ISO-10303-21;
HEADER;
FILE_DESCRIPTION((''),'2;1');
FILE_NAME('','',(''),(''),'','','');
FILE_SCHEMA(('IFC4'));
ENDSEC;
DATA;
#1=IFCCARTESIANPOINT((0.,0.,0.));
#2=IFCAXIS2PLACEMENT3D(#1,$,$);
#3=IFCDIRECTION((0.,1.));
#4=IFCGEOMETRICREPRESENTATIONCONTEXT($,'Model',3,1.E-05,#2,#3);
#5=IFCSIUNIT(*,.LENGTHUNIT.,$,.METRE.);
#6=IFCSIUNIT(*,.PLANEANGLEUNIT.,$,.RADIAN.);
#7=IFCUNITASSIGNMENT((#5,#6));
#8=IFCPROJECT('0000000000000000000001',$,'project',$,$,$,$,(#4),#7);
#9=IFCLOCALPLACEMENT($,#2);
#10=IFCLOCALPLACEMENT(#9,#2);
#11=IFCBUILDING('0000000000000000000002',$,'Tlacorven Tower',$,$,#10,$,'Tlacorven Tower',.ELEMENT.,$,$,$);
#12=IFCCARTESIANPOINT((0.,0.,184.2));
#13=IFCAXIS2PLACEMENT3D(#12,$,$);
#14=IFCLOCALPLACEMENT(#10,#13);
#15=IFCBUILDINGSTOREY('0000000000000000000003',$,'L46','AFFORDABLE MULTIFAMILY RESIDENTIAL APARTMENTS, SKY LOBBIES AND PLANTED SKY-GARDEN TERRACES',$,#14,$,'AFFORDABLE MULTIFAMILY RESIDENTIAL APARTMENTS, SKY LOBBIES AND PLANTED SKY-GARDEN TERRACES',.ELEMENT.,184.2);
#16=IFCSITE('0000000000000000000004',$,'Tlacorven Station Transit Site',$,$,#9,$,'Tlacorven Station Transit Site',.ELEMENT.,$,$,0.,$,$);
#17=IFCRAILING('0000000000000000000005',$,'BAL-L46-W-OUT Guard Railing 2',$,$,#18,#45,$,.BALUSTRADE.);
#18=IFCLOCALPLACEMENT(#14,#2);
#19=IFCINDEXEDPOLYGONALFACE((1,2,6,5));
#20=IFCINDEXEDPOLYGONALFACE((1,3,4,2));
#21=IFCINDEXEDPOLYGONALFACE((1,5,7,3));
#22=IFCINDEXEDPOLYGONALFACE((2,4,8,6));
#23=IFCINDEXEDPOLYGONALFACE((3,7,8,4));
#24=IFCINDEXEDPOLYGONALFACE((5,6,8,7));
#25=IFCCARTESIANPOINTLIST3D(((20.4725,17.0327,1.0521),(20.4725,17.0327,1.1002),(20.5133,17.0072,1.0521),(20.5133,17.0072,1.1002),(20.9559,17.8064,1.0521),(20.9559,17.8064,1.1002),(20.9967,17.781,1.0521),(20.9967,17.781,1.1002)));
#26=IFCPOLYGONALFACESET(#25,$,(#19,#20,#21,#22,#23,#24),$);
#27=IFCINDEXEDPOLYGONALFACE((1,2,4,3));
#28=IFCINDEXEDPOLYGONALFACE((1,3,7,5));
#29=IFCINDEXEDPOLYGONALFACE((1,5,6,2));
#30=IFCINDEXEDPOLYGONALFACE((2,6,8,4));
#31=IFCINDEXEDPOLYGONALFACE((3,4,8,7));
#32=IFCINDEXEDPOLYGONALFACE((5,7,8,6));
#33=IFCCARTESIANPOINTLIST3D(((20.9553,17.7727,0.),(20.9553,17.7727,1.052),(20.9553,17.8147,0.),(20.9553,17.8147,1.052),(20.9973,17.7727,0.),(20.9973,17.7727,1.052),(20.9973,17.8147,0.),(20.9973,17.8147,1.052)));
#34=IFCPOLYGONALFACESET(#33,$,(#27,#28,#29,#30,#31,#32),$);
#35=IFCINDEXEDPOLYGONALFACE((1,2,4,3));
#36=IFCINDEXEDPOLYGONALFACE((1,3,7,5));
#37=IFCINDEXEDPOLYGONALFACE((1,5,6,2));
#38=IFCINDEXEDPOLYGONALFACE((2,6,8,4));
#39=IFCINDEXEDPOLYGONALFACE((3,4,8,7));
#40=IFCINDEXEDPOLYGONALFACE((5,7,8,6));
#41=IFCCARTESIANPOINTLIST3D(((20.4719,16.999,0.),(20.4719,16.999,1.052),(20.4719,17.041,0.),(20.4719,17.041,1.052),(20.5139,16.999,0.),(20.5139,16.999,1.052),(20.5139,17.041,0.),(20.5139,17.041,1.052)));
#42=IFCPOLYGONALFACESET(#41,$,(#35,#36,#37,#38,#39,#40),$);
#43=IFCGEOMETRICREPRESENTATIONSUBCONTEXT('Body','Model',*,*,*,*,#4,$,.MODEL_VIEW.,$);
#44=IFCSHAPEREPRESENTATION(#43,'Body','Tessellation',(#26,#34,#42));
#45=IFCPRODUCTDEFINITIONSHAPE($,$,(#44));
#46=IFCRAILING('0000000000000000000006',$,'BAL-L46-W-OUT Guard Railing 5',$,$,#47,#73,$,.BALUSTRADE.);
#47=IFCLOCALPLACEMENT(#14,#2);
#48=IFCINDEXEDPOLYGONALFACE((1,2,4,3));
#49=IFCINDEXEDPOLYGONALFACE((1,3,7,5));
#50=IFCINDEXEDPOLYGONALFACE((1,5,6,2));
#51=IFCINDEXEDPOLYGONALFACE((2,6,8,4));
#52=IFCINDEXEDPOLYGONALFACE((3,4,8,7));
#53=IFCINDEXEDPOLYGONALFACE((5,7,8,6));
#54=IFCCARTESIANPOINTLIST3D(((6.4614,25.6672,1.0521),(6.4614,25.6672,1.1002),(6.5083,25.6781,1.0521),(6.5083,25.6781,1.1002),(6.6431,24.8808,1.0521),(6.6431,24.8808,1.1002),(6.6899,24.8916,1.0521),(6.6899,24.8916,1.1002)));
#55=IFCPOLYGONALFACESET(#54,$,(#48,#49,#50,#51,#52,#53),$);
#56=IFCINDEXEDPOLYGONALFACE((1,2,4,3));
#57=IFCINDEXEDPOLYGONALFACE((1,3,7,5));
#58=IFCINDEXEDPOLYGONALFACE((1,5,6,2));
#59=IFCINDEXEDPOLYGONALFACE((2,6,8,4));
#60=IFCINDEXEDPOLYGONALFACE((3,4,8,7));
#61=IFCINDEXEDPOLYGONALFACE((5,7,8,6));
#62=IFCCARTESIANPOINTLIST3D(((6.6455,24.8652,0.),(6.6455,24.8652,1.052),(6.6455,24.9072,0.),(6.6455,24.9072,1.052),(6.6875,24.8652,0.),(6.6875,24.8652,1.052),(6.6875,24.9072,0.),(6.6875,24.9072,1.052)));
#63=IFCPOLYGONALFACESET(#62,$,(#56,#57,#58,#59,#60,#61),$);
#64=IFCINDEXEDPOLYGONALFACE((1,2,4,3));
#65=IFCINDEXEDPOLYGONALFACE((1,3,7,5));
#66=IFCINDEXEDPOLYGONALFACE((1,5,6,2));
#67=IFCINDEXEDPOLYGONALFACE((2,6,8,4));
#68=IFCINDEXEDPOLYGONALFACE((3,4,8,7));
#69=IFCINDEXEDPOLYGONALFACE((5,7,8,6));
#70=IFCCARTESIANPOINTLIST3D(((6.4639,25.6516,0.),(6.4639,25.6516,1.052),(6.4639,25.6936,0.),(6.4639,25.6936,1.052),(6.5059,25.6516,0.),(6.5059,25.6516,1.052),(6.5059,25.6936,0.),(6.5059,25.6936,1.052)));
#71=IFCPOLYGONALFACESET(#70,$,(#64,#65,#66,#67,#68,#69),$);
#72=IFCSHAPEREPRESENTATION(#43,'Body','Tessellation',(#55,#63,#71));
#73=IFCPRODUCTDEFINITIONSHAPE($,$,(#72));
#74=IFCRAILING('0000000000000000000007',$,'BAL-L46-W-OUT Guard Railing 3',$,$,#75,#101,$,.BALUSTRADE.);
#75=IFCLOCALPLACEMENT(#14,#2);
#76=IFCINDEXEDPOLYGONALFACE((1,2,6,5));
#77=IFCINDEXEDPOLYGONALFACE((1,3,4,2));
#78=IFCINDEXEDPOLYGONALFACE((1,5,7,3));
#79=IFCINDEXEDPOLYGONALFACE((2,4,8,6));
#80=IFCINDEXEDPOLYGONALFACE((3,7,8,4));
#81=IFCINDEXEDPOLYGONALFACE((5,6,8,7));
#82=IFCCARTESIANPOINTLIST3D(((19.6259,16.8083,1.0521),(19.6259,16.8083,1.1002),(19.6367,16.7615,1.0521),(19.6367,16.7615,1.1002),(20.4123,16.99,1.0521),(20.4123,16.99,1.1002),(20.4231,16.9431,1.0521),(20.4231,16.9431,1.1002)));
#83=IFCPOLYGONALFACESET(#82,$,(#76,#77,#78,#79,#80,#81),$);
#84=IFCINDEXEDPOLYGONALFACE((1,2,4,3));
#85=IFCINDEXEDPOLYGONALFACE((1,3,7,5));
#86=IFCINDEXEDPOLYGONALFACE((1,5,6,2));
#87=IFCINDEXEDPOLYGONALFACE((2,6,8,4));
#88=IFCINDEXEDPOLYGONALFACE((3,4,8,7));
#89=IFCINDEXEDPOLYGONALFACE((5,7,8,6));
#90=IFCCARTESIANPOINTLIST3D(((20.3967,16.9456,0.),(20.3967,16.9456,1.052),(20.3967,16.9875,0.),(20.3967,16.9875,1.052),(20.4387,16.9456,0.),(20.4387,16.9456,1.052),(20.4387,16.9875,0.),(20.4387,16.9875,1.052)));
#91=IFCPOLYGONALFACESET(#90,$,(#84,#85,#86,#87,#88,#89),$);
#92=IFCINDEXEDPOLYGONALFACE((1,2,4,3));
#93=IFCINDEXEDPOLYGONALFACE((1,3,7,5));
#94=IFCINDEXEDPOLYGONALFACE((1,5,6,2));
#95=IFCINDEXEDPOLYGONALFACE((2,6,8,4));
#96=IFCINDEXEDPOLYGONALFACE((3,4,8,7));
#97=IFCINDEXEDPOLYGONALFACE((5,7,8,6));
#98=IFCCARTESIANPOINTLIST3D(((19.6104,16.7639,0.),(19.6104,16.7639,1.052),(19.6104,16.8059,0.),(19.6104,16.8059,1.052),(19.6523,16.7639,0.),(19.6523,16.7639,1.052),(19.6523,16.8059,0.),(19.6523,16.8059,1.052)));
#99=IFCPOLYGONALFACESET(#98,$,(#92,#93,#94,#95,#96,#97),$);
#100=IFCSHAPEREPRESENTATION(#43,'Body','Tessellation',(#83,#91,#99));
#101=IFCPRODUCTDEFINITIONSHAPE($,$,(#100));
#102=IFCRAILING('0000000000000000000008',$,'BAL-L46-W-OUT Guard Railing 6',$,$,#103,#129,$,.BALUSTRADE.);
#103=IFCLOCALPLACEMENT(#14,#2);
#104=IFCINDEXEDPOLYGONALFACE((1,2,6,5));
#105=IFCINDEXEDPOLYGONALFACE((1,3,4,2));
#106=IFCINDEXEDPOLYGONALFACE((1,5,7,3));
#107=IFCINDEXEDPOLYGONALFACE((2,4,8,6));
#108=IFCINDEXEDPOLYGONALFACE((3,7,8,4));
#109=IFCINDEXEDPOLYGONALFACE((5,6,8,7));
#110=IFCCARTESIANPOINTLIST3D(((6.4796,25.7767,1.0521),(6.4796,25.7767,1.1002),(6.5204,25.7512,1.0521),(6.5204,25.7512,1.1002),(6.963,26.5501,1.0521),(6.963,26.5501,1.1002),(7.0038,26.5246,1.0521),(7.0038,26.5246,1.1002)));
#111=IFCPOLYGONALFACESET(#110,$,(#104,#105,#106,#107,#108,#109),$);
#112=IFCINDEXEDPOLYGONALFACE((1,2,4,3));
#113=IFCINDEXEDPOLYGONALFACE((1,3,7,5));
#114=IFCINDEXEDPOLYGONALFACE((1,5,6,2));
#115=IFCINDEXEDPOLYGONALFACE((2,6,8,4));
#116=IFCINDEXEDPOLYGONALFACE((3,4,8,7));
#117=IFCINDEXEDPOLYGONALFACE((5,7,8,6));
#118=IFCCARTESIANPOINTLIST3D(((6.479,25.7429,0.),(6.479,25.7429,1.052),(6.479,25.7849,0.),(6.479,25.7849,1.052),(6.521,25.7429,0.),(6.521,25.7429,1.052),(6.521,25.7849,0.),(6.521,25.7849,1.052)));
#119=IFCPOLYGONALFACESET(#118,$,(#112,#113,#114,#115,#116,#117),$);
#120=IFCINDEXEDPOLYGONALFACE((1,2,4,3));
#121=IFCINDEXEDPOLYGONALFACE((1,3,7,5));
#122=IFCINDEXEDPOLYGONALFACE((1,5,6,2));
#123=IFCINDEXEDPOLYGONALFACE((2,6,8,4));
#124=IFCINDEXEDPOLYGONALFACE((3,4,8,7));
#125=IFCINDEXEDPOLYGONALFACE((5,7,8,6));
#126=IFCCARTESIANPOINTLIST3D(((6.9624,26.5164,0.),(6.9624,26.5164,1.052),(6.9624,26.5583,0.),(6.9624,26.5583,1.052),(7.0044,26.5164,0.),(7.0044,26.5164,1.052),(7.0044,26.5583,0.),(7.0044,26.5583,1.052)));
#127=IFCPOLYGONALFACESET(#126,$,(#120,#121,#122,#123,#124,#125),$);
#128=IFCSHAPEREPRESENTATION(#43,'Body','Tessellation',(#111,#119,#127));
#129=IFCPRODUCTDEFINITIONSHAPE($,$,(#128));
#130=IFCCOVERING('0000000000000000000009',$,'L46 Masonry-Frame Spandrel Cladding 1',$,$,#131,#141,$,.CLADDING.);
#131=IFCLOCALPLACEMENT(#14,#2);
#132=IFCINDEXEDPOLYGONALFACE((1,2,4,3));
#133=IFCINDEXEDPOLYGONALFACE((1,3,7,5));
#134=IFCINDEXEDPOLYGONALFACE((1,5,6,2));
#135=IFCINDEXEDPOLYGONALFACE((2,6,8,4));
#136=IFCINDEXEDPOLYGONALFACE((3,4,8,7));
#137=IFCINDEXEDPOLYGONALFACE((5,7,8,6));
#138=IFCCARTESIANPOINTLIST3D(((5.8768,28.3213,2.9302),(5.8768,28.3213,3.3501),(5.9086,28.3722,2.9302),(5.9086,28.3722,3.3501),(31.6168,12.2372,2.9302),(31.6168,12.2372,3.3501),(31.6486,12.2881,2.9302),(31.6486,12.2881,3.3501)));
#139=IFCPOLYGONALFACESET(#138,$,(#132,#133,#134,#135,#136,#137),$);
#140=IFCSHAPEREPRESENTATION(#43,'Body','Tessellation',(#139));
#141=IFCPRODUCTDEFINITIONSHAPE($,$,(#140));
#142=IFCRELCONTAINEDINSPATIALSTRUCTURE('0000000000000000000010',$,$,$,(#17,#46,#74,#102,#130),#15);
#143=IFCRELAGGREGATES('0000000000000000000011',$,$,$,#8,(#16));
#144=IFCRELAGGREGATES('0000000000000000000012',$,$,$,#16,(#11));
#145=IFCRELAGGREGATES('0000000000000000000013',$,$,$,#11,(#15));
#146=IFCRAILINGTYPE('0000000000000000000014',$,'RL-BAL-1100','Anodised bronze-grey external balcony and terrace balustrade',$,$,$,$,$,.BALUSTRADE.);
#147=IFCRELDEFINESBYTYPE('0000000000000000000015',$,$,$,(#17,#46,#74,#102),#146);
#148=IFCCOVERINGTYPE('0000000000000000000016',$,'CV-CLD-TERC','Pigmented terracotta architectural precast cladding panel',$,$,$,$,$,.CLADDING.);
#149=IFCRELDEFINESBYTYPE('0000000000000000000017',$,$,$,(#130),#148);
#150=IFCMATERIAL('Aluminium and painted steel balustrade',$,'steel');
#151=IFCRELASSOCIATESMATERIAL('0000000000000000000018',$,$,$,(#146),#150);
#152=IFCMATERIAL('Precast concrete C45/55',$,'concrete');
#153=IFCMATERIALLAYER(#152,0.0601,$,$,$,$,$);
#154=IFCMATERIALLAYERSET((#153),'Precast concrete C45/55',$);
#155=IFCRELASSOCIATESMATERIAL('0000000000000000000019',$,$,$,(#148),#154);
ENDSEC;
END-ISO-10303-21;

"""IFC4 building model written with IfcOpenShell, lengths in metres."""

from ifc_helpers import new_model, si_unit, direction, frame, origin, origin_2d, place, context, subcontext, project, spatial, rectangle, extrude, source, transform, mapped, material, layer, layer_set, type_object, element, save


model = new_model("IFC4")

# Units and contexts
model_context = context("Model", 3, precision=1e-05, world=origin(), true_north=direction((0.0, 1.0)))
body_context = subcontext(model_context, "Body", "Model", "MODEL_VIEW")
ifc_project = project(units=[si_unit("LENGTHUNIT", "METRE"), si_unit("PLANEANGLEUNIT", "RADIAN")], contexts=[model_context])

# Site, building, storey
site_placement = place(None, origin())
site = spatial("IfcSite", under=ifc_project, at=site_placement, Name="Tlacorven Station Transit Site", LongName="Tlacorven Station Transit Site", CompositionType="ELEMENT", RefElevation=0.0)
building_placement = place(site_placement, origin())
building = spatial("IfcBuilding", under=site, at=building_placement, Name="Tlacorven Tower", LongName="Tlacorven Tower", CompositionType="ELEMENT")
storey_placement = place(building_placement, frame((0.0, 0.0, 184.2)))
storey = spatial("IfcBuildingStorey", under=building, at=storey_placement, Name="L46", Description="AFFORDABLE MULTIFAMILY RESIDENTIAL APARTMENTS, SKY LOBBIES AND PLANTED SKY-GARDEN TERRACES", LongName="AFFORDABLE MULTIFAMILY RESIDENTIAL APARTMENTS, SKY LOBBIES AND PLANTED SKY-GARDEN TERRACES", CompositionType="ELEMENT", Elevation=184.2)

# Shared definitions
ifc_material_1 = material(Name="Precast concrete C45/55", Category="concrete")

# Railings
ifc_material_2 = material(Name="Aluminium and painted steel balustrade", Category="steel")
railing_type = type_object("IfcRailingType", Name="RL-BAL-1100", Description="Anodised bronze-grey external balcony and terrace balustrade", PredefinedType="BALUSTRADE", material=ifc_material_2)
shared_shape_1 = source(origin(), body_context, "Body", "SweptSolid", [
    extrude(rectangle(XDim=0.0481, YDim=0.0481, at=origin_2d()), frame((0.0, 0.0, 1.0762), z_axis=(-0.529879, -0.848073, 0.0), x_axis=(0.848073, -0.529879, 0.0)), (0.0, 0.0, 1.0), 0.9124),
    extrude(rectangle(XDim=0.042, YDim=0.042, at=origin_2d()), origin(), (0.0, 0.0, 1.0), 1.052),
    extrude(rectangle(XDim=0.042, YDim=0.042, at=origin_2d()), frame((-0.4834, -0.7737, 0.0)), (0.0, 0.0, 1.0), 1.052),
])
railing_1_placement = place(storey_placement, frame((20.9763, 17.7937, 0.0)))
element("IfcRailing", 1, at=railing_1_placement, inside=storey, type_object=railing_type, Name="BAL-L46-W-OUT Guard Railing 2", PredefinedType="BALUSTRADE", context=body_context, shape_type="MappedRepresentation", body=[
    mapped(shared_shape_1, transform((0.0, 0.0, 0.0), scale=1.0)),
])
shared_shape_2 = source(origin(), body_context, "Body", "SweptSolid", [
    extrude(rectangle(XDim=0.0481, YDim=0.0481, at=origin_2d()), frame((0.0, 0.0, 1.0762), z_axis=(-0.225058, 0.974345, 0.0), x_axis=(-0.974345, -0.225058, 0.0)), (0.0, 0.0, 1.0), 0.8071),
    extrude(rectangle(XDim=0.042, YDim=0.042, at=origin_2d()), origin(), (0.0, 0.0, 1.0), 1.052),
    extrude(rectangle(XDim=0.042, YDim=0.042, at=origin_2d()), frame((-0.1816, 0.7864, 0.0)), (0.0, 0.0, 1.0), 1.052),
])
railing_2_placement = place(storey_placement, frame((6.6665, 24.8862, 0.0)))
element("IfcRailing", 2, at=railing_2_placement, inside=storey, type_object=railing_type, Name="BAL-L46-W-OUT Guard Railing 5", PredefinedType="BALUSTRADE", context=body_context, shape_type="MappedRepresentation", body=[
    mapped(shared_shape_2, transform((0.0, 0.0, 0.0), scale=1.0)),
])
shared_shape_3 = source(origin(), body_context, "Body", "SweptSolid", [
    extrude(rectangle(XDim=0.0481, YDim=0.0481, at=origin_2d()), frame((0.0, 0.0, 1.0762), z_axis=(-0.974345, -0.225058, 0.0), x_axis=(0.225058, -0.974345, 0.0)), (0.0, 0.0, 1.0), 0.8071),
    extrude(rectangle(XDim=0.042, YDim=0.042, at=origin_2d()), origin(), (0.0, 0.0, 1.0), 1.052),
    extrude(rectangle(XDim=0.042, YDim=0.042, at=origin_2d()), frame((-0.7864, -0.1816, 0.0)), (0.0, 0.0, 1.0), 1.052),
])
railing_3_placement = place(storey_placement, frame((20.4177, 16.9666, 0.0)))
element("IfcRailing", 3, at=railing_3_placement, inside=storey, type_object=railing_type, Name="BAL-L46-W-OUT Guard Railing 3", PredefinedType="BALUSTRADE", context=body_context, shape_type="MappedRepresentation", body=[
    mapped(shared_shape_3, transform((0.0, 0.0, 0.0), scale=1.0)),
])
shared_shape_4 = source(origin(), body_context, "Body", "SweptSolid", [
    extrude(rectangle(XDim=0.0481, YDim=0.0481, at=origin_2d()), frame((0.0, 0.0, 1.0762), z_axis=(0.529999, 0.847998, 0.0), x_axis=(-0.847998, 0.529999, 0.0)), (0.0, 0.0, 1.0), 0.9121),
    extrude(rectangle(XDim=0.042, YDim=0.042, at=origin_2d()), origin(), (0.0, 0.0, 1.0), 1.052),
    extrude(rectangle(XDim=0.042, YDim=0.042, at=origin_2d()), frame((0.4834, 0.7734, 0.0)), (0.0, 0.0, 1.0), 1.052),
])
railing_4_placement = place(storey_placement, frame((6.5, 25.7639, 0.0)))
element("IfcRailing", 4, at=railing_4_placement, inside=storey, type_object=railing_type, Name="BAL-L46-W-OUT Guard Railing 6", PredefinedType="BALUSTRADE", context=body_context, shape_type="MappedRepresentation", body=[
    mapped(shared_shape_4, transform((0.0, 0.0, 0.0), scale=1.0)),
])

# Covering
ifc_layer_1 = layer(ifc_material_1, 0.0601)
ifc_layer_set_1 = layer_set([ifc_layer_1], Name="Precast concrete C45/55")
covering_type = type_object("IfcCoveringType", Name="CV-CLD-TERC", Description="Pigmented terracotta architectural precast cladding panel", PredefinedType="CLADDING", material=ifc_layer_set_1)
shared_shape_5 = source(origin(), body_context, "Body", "SweptSolid", [
    extrude(rectangle(XDim=30.3521, YDim=0.0601, at=origin_2d()), origin(), (0.0, 0.0, 1.0), 0.4199),
])
covering_placement = place(storey_placement, frame((18.7627, 20.3047, 2.9302), z_axis=(0.0, 0.0, 1.0), x_axis=(-0.848048, 0.529919, 0.0)))
element("IfcCovering", 5, at=covering_placement, inside=storey, type_object=covering_type, Name="L46 Masonry-Frame Spandrel Cladding 1", PredefinedType="CLADDING", context=body_context, shape_type="MappedRepresentation", body=[
    mapped(shared_shape_5, transform((0.0, 0.0, 0.0), scale=1.0)),
])

save(model, "model.ifc")
